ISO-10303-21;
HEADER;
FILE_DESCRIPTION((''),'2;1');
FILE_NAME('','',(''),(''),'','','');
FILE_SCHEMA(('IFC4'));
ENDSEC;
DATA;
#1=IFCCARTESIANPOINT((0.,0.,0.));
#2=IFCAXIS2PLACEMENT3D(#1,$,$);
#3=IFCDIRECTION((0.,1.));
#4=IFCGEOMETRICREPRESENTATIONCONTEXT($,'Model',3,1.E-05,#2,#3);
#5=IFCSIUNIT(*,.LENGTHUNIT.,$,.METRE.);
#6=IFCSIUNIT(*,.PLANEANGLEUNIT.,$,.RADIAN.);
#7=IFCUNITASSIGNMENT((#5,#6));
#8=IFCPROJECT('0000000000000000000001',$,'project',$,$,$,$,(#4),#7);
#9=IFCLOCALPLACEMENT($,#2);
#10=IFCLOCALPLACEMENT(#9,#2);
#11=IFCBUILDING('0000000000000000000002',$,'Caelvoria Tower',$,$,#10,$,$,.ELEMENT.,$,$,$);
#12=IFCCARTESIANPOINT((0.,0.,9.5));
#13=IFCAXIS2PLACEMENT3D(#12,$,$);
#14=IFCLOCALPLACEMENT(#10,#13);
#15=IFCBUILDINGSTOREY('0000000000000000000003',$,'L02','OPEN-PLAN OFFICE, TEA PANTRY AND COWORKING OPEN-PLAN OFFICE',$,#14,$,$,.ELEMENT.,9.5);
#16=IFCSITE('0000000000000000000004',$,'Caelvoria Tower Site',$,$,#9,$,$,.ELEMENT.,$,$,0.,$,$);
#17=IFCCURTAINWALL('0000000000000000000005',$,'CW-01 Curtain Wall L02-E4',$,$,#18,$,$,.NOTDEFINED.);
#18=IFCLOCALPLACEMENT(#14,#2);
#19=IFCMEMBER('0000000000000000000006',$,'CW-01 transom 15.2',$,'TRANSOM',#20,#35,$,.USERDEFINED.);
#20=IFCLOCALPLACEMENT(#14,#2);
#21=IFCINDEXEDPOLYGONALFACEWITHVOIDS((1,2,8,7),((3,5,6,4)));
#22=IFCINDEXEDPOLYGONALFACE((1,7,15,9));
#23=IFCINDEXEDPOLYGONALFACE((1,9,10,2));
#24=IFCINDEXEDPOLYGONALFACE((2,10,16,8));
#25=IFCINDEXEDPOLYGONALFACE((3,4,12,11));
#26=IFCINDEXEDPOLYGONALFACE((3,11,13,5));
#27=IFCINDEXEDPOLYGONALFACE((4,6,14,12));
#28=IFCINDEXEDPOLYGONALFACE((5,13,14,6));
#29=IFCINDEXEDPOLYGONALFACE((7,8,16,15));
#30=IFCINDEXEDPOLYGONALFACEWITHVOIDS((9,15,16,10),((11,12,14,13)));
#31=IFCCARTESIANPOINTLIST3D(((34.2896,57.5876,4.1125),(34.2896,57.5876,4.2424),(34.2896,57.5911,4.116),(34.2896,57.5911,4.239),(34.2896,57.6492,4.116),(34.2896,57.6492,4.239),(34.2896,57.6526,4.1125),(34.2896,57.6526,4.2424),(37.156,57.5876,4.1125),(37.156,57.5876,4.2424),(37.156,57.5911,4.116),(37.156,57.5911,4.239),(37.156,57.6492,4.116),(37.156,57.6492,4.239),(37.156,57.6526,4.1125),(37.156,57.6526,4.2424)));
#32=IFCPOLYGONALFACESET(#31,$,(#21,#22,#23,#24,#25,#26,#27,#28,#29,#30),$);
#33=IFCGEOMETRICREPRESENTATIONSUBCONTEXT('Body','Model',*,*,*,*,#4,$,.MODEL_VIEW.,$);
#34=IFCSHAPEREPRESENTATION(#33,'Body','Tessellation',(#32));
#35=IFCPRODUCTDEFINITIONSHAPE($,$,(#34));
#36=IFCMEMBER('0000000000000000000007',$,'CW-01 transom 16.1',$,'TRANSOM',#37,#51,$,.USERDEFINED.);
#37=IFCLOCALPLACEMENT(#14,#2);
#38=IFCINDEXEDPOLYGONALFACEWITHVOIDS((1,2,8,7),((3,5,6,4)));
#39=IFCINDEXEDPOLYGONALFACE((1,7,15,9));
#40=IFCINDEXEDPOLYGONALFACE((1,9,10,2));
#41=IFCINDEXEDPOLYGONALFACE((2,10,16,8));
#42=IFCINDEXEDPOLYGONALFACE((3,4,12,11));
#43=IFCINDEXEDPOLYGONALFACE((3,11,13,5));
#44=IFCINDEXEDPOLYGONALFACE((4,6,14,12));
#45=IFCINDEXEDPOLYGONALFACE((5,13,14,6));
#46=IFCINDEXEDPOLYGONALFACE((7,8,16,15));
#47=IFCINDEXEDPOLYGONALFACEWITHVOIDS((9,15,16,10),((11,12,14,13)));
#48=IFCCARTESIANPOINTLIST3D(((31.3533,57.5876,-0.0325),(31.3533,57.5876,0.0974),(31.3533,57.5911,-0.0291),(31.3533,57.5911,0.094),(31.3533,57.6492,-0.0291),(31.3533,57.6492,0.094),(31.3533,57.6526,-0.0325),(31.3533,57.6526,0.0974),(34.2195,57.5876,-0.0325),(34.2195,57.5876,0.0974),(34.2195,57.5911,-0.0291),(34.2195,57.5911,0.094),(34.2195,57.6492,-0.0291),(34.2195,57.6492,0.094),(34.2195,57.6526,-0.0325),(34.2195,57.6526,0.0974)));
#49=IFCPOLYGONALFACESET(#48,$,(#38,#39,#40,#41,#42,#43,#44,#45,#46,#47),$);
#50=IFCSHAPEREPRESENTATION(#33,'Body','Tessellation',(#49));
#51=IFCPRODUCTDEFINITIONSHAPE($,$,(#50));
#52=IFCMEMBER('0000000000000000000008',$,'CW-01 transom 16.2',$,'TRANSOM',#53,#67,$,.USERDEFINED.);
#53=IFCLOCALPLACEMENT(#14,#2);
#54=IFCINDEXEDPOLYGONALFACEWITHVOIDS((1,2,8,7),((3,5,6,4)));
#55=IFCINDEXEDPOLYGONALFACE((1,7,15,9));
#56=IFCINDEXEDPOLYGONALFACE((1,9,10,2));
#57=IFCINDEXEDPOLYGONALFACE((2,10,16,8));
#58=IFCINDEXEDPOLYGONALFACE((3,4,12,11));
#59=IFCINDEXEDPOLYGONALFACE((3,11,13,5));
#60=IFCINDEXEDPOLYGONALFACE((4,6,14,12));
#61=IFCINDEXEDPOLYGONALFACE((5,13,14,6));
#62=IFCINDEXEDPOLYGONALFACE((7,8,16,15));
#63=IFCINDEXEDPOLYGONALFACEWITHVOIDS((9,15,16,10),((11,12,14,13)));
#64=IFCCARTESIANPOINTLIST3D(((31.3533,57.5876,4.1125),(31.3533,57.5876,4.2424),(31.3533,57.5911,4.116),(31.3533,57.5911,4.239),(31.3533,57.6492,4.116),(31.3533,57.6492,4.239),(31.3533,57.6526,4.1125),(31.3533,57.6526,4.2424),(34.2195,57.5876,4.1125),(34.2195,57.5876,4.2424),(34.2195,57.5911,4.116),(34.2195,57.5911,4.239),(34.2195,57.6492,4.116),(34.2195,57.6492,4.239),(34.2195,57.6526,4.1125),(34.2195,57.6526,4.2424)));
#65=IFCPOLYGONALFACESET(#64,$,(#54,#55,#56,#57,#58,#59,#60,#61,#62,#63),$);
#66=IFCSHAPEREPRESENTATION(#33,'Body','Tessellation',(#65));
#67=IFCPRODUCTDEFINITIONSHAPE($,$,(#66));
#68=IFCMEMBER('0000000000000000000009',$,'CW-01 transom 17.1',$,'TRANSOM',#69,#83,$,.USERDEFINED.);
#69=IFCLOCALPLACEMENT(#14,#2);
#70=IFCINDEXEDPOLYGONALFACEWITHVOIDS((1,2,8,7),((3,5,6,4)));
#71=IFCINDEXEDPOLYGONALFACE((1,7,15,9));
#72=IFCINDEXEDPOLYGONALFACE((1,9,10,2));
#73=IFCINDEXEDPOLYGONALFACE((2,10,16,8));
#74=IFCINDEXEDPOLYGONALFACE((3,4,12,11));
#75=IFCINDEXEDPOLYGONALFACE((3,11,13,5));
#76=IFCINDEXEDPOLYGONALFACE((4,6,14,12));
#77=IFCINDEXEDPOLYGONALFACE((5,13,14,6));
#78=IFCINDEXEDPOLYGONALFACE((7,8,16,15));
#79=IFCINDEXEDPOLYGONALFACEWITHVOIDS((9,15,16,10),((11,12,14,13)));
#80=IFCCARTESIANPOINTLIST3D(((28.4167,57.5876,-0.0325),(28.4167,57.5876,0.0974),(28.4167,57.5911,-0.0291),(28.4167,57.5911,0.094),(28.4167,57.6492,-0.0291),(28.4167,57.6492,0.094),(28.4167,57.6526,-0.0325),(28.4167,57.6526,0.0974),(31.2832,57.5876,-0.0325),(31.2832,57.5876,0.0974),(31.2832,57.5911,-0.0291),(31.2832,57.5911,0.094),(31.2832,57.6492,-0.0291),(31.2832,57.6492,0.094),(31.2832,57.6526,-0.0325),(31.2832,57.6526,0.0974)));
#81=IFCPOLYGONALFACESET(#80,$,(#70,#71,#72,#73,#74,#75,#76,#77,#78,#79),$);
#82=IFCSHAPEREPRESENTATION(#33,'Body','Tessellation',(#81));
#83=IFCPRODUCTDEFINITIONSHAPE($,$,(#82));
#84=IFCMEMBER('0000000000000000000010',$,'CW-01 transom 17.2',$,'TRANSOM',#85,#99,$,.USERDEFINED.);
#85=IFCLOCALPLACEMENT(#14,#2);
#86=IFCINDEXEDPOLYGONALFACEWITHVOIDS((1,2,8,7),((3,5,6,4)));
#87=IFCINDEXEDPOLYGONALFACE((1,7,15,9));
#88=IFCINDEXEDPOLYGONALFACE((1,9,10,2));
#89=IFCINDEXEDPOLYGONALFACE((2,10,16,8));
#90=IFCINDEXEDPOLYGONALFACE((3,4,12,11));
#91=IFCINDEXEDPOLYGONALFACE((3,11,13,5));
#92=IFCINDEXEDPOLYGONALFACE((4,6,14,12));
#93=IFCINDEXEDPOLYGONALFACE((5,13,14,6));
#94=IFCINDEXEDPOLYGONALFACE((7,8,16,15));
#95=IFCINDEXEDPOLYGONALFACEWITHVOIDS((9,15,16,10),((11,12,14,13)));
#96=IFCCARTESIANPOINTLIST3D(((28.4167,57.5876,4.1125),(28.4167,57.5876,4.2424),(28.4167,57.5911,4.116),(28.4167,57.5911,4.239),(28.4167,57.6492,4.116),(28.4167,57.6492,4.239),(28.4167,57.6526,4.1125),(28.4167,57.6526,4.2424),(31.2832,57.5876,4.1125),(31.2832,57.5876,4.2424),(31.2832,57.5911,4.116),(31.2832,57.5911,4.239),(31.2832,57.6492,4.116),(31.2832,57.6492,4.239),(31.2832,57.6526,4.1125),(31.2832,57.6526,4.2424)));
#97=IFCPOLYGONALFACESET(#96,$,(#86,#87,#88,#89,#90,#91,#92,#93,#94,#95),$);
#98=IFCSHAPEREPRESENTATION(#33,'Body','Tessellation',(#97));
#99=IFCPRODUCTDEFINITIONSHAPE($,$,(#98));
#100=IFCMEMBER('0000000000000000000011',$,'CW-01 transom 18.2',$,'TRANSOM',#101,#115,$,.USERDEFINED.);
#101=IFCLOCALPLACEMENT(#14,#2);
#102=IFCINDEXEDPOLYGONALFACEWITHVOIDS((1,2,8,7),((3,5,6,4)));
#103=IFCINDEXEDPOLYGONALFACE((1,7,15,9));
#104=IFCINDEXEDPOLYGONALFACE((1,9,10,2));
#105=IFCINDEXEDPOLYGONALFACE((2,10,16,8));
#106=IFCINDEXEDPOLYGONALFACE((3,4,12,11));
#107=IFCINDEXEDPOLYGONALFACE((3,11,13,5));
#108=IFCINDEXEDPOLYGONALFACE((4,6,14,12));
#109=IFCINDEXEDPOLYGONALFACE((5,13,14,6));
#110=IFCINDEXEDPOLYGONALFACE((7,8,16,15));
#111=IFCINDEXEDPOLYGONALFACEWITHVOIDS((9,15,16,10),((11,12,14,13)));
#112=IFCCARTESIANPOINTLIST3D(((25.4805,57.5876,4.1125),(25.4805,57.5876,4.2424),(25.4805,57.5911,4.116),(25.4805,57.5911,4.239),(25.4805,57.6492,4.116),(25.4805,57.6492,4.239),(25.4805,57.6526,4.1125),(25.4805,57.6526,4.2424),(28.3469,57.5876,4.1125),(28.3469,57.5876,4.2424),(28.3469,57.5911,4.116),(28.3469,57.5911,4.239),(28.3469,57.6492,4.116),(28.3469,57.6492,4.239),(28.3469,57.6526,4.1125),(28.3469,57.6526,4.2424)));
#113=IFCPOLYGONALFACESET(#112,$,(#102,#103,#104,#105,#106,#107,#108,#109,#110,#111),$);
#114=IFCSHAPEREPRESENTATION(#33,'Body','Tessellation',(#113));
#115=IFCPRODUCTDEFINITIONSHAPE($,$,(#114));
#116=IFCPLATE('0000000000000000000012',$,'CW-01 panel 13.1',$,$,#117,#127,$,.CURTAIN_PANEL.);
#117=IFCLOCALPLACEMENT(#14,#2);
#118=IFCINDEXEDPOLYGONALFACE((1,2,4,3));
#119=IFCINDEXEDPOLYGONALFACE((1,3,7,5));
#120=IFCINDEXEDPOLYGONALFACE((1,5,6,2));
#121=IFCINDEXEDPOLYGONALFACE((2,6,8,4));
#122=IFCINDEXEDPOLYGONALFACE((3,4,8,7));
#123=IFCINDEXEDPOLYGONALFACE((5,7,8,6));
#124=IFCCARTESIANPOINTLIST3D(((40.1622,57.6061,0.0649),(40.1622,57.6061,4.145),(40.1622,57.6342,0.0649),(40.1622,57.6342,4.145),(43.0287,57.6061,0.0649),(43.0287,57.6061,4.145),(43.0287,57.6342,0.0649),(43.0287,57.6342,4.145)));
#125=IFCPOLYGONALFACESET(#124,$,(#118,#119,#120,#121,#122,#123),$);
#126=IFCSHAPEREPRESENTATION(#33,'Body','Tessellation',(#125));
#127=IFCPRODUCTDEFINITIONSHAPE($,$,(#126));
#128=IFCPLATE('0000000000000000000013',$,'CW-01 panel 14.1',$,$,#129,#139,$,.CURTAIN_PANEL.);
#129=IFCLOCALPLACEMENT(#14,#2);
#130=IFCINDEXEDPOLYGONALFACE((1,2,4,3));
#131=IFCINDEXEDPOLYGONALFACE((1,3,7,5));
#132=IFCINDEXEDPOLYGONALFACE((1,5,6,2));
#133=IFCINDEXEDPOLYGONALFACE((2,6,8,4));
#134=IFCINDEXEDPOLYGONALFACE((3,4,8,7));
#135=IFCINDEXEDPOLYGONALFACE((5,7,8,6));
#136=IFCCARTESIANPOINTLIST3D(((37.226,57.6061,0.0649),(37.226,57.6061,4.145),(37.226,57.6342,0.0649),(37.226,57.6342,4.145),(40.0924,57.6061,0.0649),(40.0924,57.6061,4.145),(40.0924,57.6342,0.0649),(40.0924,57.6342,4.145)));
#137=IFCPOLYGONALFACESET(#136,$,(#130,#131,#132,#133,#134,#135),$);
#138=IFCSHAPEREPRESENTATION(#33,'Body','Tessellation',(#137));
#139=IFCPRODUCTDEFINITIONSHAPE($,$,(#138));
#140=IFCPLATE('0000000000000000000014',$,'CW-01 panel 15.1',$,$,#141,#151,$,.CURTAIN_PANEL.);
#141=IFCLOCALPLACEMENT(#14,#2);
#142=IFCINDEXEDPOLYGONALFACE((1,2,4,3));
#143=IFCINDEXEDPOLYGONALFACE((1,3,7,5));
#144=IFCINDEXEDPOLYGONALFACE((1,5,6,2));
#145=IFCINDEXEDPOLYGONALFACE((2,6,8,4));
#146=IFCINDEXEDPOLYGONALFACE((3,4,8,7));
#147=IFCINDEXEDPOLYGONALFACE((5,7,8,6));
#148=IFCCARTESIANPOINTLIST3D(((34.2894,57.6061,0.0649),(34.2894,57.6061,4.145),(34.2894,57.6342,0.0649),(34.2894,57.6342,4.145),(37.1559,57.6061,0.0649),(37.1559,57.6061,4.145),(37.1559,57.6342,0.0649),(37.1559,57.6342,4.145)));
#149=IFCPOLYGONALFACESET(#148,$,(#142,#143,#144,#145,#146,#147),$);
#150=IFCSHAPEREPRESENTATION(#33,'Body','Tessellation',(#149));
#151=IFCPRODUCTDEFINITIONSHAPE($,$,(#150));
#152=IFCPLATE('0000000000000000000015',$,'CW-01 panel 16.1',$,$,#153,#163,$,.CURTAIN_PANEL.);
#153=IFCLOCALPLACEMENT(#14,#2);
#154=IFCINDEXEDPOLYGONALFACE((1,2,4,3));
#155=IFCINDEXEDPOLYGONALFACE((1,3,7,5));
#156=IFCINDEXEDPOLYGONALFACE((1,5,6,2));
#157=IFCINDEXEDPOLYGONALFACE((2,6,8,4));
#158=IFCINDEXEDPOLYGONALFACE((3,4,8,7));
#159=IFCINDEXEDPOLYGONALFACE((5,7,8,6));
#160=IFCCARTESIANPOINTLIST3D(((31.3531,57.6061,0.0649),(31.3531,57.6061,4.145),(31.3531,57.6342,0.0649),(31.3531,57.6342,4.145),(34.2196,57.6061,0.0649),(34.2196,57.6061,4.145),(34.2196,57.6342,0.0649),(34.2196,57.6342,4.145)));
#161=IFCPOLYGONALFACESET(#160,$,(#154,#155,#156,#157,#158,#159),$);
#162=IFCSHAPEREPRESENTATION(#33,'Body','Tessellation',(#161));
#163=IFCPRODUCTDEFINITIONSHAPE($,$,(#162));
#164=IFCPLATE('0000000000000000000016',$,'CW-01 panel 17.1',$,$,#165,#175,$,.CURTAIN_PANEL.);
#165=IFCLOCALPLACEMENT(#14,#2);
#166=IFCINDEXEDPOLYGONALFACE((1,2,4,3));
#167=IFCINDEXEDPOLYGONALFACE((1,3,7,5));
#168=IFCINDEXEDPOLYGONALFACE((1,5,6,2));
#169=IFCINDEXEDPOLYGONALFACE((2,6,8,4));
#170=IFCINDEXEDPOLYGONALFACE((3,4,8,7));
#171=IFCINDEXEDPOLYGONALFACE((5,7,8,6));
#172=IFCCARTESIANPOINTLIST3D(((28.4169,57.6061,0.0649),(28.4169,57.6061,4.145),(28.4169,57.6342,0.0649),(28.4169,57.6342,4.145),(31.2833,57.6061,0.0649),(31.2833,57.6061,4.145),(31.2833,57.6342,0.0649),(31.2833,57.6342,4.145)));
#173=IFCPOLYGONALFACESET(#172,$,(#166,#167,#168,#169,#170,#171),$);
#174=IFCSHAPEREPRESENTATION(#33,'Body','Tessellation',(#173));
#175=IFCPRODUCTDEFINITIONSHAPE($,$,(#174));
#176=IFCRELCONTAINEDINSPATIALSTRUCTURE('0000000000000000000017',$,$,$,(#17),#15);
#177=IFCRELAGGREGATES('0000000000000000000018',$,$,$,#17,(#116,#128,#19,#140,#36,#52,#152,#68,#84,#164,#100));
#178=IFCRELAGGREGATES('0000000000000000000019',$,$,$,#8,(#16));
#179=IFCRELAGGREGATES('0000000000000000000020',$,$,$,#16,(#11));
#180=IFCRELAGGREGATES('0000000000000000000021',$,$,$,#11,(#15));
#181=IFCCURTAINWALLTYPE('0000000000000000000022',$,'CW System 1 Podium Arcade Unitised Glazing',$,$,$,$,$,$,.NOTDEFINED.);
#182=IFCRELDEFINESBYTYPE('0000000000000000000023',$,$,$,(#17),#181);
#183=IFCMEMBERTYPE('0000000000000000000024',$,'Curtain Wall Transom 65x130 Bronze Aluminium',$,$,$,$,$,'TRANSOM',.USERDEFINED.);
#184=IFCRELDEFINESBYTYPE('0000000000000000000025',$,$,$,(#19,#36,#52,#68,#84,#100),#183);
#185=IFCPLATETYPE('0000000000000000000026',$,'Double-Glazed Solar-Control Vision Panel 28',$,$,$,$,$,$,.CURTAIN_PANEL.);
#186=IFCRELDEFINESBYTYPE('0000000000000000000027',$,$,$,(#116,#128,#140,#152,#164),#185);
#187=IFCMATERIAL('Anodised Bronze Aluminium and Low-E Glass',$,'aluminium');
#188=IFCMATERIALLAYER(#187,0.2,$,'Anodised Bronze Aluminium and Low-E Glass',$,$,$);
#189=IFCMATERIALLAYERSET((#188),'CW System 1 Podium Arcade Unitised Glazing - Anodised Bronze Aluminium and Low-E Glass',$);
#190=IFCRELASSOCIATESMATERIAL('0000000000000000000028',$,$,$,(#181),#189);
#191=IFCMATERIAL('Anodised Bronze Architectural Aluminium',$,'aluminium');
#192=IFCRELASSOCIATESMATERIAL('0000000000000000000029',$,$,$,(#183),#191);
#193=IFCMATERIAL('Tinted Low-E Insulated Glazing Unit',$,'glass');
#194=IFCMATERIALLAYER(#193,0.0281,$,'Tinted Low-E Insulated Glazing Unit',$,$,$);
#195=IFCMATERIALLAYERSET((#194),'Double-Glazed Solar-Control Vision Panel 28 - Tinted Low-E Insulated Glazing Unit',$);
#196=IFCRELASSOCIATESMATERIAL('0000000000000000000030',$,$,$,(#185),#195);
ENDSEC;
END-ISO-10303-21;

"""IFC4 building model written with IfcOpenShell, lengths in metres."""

from ifc_helpers import new_model, si_unit, direction, frame, origin, origin_2d, place, context, subcontext, project, spatial, rectangle, hollow_rectangle, extrude, material, layer, layer_set, material_profile, profile_set, type_object, element, aggregate, save


model = new_model("IFC4")

# Units and contexts
model_context = context("Model", 3, precision=1e-05, world=origin(), true_north=direction((0.0, 1.0)))
body_context = subcontext(model_context, "Body", "Model", "MODEL_VIEW")
ifc_project = project(units=[si_unit("LENGTHUNIT", "METRE"), si_unit("PLANEANGLEUNIT", "RADIAN")], contexts=[model_context])

# Site, building, storey
site_placement = place(None, origin())
site = spatial("IfcSite", under=ifc_project, at=site_placement, Name="Caelvoria Tower Site", CompositionType="ELEMENT", RefElevation=0.0)
building_placement = place(site_placement, origin())
building = spatial("IfcBuilding", under=site, at=building_placement, Name="Caelvoria Tower", CompositionType="ELEMENT")
storey_placement = place(building_placement, frame((0.0, 0.0, 9.5)))
storey = spatial("IfcBuildingStorey", under=building, at=storey_placement, Name="L02", Description="OPEN-PLAN OFFICE, TEA PANTRY AND COWORKING OPEN-PLAN OFFICE", CompositionType="ELEMENT", Elevation=9.5)

# Curtain wall, members, plates
ifc_material_1 = material(Name="Anodised Bronze Aluminium and Low-E Glass", Category="aluminium")
ifc_layer_1 = layer(ifc_material_1, 0.2, Name="Anodised Bronze Aluminium and Low-E Glass")
ifc_layer_set_1 = layer_set([ifc_layer_1], Name="CW System 1 Podium Arcade Unitised Glazing - Anodised Bronze Aluminium and Low-E Glass")
curtain_wall_type = type_object("IfcCurtainWallType", Name="CW System 1 Podium Arcade Unitised Glazing", PredefinedType="NOTDEFINED", material=ifc_layer_set_1)
curtain_wall_placement = place(storey_placement, origin())
curtain_wall = element("IfcCurtainWall", 1, at=curtain_wall_placement, inside=storey, type_object=curtain_wall_type, Name="CW-01 Curtain Wall L02-E4", PredefinedType="NOTDEFINED")
ifc_material_2 = material(Name="Anodised Bronze Architectural Aluminium", Category="aluminium")
ifc_material_profile_1 = material_profile(ifc_material_2, hollow_rectangle(XDim=0.0649, YDim=0.1299, WallThickness=0.0034, at=origin_2d()), Name="Anodised Bronze Architectural Aluminium")
ifc_profile_set_1 = profile_set([ifc_material_profile_1], Name="CW_TRAN_65X130 - Anodised Bronze Architectural Aluminium")
member_type_1 = type_object("IfcMemberType", Name="Curtain Wall Transom 65x130 Bronze Aluminium", ElementType="TRANSOM", PredefinedType="USERDEFINED", material=ifc_profile_set_1)
member_1_placement = place(storey_placement, frame((37.156, 57.6201, 4.1775), z_axis=(-1.0, 0.0, 0.0), x_axis=(0.0, -1.0, 0.0)))
member_1 = element("IfcMember", 2, at=member_1_placement, type_object=member_type_1, Name="CW-01 transom 15.2", ObjectType="TRANSOM", PredefinedType="USERDEFINED", context=body_context, shape_type="SweptSolid", body=[
    extrude(hollow_rectangle(XDim=0.0649, YDim=0.1299, WallThickness=0.0034, at=origin_2d()), origin(), (0.0, 0.0, 1.0), 2.8665),
])
member_2_placement = place(storey_placement, frame((34.2195, 57.6201, 0.0325), z_axis=(-1.0, 0.0, 0.0), x_axis=(0.0, -1.0, 0.0)))
member_2 = element("IfcMember", 3, at=member_2_placement, type_object=member_type_1, Name="CW-01 transom 16.1", ObjectType="TRANSOM", PredefinedType="USERDEFINED", context=body_context, shape_type="SweptSolid", body=[
    extrude(hollow_rectangle(XDim=0.0649, YDim=0.1299, WallThickness=0.0034, at=origin_2d()), origin(), (0.0, 0.0, 1.0), 2.8662),
])
member_3_placement = place(storey_placement, frame((34.2195, 57.6201, 4.1775), z_axis=(-1.0, 0.0, 0.0), x_axis=(0.0, -1.0, 0.0)))
member_3 = element("IfcMember", 4, at=member_3_placement, type_object=member_type_1, Name="CW-01 transom 16.2", ObjectType="TRANSOM", PredefinedType="USERDEFINED", context=body_context, shape_type="SweptSolid", body=[
    extrude(hollow_rectangle(XDim=0.0649, YDim=0.1299, WallThickness=0.0034, at=origin_2d()), origin(), (0.0, 0.0, 1.0), 2.8662),
])
member_4_placement = place(storey_placement, frame((31.2832, 57.6201, 0.0325), z_axis=(-1.0, 0.0, 0.0), x_axis=(0.0, -1.0, 0.0)))
member_4 = element("IfcMember", 5, at=member_4_placement, type_object=member_type_1, Name="CW-01 transom 17.1", ObjectType="TRANSOM", PredefinedType="USERDEFINED", context=body_context, shape_type="SweptSolid", body=[
    extrude(hollow_rectangle(XDim=0.0649, YDim=0.1299, WallThickness=0.0034, at=origin_2d()), origin(), (0.0, 0.0, 1.0), 2.8665),
])
member_5_placement = place(storey_placement, frame((31.2832, 57.6201, 4.1775), z_axis=(-1.0, 0.0, 0.0), x_axis=(0.0, -1.0, 0.0)))
member_5 = element("IfcMember", 6, at=member_5_placement, type_object=member_type_1, Name="CW-01 transom 17.2", ObjectType="TRANSOM", PredefinedType="USERDEFINED", context=body_context, shape_type="SweptSolid", body=[
    extrude(hollow_rectangle(XDim=0.0649, YDim=0.1299, WallThickness=0.0034, at=origin_2d()), origin(), (0.0, 0.0, 1.0), 2.8665),
])
member_6_placement = place(storey_placement, frame((28.3469, 57.6201, 4.1775), z_axis=(-1.0, 0.0, 0.0), x_axis=(0.0, -1.0, 0.0)))
member_6 = element("IfcMember", 7, at=member_6_placement, type_object=member_type_1, Name="CW-01 transom 18.2", ObjectType="TRANSOM", PredefinedType="USERDEFINED", context=body_context, shape_type="SweptSolid", body=[
    extrude(hollow_rectangle(XDim=0.0649, YDim=0.1299, WallThickness=0.0034, at=origin_2d()), origin(), (0.0, 0.0, 1.0), 2.8665),
])
ifc_material_3 = material(Name="Tinted Low-E Insulated Glazing Unit", Category="glass")
ifc_layer_2 = layer(ifc_material_3, 0.0281, Name="Tinted Low-E Insulated Glazing Unit")
ifc_layer_set_2 = layer_set([ifc_layer_2], Name="Double-Glazed Solar-Control Vision Panel 28 - Tinted Low-E Insulated Glazing Unit")
plate_type = type_object("IfcPlateType", Name="Double-Glazed Solar-Control Vision Panel 28", PredefinedType="CURTAIN_PANEL", material=ifc_layer_set_2)
plate_1_placement = place(storey_placement, frame((41.5955, 57.6201, 0.0649), z_axis=(0.0, 0.0, 1.0), x_axis=(-1.0, 0.0, 0.0)))
plate_1 = element("IfcPlate", 8, at=plate_1_placement, type_object=plate_type, Name="CW-01 panel 13.1", PredefinedType="CURTAIN_PANEL", context=body_context, shape_type="SweptSolid", body=[
    extrude(rectangle(XDim=2.8665, YDim=0.0281, at=origin_2d()), origin(), (0.0, 0.0, 1.0), 4.0801),
])
plate_2_placement = place(storey_placement, frame((38.6592, 57.6201, 0.0649), z_axis=(0.0, 0.0, 1.0), x_axis=(-1.0, 0.0, 0.0)))
plate_2 = element("IfcPlate", 9, at=plate_2_placement, type_object=plate_type, Name="CW-01 panel 14.1", PredefinedType="CURTAIN_PANEL", context=body_context, shape_type="SweptSolid", body=[
    extrude(rectangle(XDim=2.8665, YDim=0.0281, at=origin_2d()), origin(), (0.0, 0.0, 1.0), 4.0801),
])
plate_3_placement = place(storey_placement, frame((35.7227, 57.6201, 0.0649), z_axis=(0.0, 0.0, 1.0), x_axis=(-1.0, 0.0, 0.0)))
plate_3 = element("IfcPlate", 10, at=plate_3_placement, type_object=plate_type, Name="CW-01 panel 15.1", PredefinedType="CURTAIN_PANEL", context=body_context, shape_type="SweptSolid", body=[
    extrude(rectangle(XDim=2.8665, YDim=0.0281, at=origin_2d()), origin(), (0.0, 0.0, 1.0), 4.0801),
])
plate_4_placement = place(storey_placement, frame((32.7864, 57.6201, 0.0649), z_axis=(0.0, 0.0, 1.0), x_axis=(-1.0, 0.0, 0.0)))
plate_4 = element("IfcPlate", 11, at=plate_4_placement, type_object=plate_type, Name="CW-01 panel 16.1", PredefinedType="CURTAIN_PANEL", context=body_context, shape_type="SweptSolid", body=[
    extrude(rectangle(XDim=2.8665, YDim=0.0281, at=origin_2d()), origin(), (0.0, 0.0, 1.0), 4.0801),
])
plate_5_placement = place(storey_placement, frame((29.8501, 57.6201, 0.0649), z_axis=(0.0, 0.0, 1.0), x_axis=(-1.0, 0.0, 0.0)))
plate_5 = element("IfcPlate", 12, at=plate_5_placement, type_object=plate_type, Name="CW-01 panel 17.1", PredefinedType="CURTAIN_PANEL", context=body_context, shape_type="SweptSolid", body=[
    extrude(rectangle(XDim=2.8665, YDim=0.0281, at=origin_2d()), origin(), (0.0, 0.0, 1.0), 4.0801),
])
aggregate(curtain_wall, [plate_1, plate_2, member_1, plate_3, member_2, member_3, plate_4, member_4, member_5, plate_5, member_6])

save(model, "model.ifc")
